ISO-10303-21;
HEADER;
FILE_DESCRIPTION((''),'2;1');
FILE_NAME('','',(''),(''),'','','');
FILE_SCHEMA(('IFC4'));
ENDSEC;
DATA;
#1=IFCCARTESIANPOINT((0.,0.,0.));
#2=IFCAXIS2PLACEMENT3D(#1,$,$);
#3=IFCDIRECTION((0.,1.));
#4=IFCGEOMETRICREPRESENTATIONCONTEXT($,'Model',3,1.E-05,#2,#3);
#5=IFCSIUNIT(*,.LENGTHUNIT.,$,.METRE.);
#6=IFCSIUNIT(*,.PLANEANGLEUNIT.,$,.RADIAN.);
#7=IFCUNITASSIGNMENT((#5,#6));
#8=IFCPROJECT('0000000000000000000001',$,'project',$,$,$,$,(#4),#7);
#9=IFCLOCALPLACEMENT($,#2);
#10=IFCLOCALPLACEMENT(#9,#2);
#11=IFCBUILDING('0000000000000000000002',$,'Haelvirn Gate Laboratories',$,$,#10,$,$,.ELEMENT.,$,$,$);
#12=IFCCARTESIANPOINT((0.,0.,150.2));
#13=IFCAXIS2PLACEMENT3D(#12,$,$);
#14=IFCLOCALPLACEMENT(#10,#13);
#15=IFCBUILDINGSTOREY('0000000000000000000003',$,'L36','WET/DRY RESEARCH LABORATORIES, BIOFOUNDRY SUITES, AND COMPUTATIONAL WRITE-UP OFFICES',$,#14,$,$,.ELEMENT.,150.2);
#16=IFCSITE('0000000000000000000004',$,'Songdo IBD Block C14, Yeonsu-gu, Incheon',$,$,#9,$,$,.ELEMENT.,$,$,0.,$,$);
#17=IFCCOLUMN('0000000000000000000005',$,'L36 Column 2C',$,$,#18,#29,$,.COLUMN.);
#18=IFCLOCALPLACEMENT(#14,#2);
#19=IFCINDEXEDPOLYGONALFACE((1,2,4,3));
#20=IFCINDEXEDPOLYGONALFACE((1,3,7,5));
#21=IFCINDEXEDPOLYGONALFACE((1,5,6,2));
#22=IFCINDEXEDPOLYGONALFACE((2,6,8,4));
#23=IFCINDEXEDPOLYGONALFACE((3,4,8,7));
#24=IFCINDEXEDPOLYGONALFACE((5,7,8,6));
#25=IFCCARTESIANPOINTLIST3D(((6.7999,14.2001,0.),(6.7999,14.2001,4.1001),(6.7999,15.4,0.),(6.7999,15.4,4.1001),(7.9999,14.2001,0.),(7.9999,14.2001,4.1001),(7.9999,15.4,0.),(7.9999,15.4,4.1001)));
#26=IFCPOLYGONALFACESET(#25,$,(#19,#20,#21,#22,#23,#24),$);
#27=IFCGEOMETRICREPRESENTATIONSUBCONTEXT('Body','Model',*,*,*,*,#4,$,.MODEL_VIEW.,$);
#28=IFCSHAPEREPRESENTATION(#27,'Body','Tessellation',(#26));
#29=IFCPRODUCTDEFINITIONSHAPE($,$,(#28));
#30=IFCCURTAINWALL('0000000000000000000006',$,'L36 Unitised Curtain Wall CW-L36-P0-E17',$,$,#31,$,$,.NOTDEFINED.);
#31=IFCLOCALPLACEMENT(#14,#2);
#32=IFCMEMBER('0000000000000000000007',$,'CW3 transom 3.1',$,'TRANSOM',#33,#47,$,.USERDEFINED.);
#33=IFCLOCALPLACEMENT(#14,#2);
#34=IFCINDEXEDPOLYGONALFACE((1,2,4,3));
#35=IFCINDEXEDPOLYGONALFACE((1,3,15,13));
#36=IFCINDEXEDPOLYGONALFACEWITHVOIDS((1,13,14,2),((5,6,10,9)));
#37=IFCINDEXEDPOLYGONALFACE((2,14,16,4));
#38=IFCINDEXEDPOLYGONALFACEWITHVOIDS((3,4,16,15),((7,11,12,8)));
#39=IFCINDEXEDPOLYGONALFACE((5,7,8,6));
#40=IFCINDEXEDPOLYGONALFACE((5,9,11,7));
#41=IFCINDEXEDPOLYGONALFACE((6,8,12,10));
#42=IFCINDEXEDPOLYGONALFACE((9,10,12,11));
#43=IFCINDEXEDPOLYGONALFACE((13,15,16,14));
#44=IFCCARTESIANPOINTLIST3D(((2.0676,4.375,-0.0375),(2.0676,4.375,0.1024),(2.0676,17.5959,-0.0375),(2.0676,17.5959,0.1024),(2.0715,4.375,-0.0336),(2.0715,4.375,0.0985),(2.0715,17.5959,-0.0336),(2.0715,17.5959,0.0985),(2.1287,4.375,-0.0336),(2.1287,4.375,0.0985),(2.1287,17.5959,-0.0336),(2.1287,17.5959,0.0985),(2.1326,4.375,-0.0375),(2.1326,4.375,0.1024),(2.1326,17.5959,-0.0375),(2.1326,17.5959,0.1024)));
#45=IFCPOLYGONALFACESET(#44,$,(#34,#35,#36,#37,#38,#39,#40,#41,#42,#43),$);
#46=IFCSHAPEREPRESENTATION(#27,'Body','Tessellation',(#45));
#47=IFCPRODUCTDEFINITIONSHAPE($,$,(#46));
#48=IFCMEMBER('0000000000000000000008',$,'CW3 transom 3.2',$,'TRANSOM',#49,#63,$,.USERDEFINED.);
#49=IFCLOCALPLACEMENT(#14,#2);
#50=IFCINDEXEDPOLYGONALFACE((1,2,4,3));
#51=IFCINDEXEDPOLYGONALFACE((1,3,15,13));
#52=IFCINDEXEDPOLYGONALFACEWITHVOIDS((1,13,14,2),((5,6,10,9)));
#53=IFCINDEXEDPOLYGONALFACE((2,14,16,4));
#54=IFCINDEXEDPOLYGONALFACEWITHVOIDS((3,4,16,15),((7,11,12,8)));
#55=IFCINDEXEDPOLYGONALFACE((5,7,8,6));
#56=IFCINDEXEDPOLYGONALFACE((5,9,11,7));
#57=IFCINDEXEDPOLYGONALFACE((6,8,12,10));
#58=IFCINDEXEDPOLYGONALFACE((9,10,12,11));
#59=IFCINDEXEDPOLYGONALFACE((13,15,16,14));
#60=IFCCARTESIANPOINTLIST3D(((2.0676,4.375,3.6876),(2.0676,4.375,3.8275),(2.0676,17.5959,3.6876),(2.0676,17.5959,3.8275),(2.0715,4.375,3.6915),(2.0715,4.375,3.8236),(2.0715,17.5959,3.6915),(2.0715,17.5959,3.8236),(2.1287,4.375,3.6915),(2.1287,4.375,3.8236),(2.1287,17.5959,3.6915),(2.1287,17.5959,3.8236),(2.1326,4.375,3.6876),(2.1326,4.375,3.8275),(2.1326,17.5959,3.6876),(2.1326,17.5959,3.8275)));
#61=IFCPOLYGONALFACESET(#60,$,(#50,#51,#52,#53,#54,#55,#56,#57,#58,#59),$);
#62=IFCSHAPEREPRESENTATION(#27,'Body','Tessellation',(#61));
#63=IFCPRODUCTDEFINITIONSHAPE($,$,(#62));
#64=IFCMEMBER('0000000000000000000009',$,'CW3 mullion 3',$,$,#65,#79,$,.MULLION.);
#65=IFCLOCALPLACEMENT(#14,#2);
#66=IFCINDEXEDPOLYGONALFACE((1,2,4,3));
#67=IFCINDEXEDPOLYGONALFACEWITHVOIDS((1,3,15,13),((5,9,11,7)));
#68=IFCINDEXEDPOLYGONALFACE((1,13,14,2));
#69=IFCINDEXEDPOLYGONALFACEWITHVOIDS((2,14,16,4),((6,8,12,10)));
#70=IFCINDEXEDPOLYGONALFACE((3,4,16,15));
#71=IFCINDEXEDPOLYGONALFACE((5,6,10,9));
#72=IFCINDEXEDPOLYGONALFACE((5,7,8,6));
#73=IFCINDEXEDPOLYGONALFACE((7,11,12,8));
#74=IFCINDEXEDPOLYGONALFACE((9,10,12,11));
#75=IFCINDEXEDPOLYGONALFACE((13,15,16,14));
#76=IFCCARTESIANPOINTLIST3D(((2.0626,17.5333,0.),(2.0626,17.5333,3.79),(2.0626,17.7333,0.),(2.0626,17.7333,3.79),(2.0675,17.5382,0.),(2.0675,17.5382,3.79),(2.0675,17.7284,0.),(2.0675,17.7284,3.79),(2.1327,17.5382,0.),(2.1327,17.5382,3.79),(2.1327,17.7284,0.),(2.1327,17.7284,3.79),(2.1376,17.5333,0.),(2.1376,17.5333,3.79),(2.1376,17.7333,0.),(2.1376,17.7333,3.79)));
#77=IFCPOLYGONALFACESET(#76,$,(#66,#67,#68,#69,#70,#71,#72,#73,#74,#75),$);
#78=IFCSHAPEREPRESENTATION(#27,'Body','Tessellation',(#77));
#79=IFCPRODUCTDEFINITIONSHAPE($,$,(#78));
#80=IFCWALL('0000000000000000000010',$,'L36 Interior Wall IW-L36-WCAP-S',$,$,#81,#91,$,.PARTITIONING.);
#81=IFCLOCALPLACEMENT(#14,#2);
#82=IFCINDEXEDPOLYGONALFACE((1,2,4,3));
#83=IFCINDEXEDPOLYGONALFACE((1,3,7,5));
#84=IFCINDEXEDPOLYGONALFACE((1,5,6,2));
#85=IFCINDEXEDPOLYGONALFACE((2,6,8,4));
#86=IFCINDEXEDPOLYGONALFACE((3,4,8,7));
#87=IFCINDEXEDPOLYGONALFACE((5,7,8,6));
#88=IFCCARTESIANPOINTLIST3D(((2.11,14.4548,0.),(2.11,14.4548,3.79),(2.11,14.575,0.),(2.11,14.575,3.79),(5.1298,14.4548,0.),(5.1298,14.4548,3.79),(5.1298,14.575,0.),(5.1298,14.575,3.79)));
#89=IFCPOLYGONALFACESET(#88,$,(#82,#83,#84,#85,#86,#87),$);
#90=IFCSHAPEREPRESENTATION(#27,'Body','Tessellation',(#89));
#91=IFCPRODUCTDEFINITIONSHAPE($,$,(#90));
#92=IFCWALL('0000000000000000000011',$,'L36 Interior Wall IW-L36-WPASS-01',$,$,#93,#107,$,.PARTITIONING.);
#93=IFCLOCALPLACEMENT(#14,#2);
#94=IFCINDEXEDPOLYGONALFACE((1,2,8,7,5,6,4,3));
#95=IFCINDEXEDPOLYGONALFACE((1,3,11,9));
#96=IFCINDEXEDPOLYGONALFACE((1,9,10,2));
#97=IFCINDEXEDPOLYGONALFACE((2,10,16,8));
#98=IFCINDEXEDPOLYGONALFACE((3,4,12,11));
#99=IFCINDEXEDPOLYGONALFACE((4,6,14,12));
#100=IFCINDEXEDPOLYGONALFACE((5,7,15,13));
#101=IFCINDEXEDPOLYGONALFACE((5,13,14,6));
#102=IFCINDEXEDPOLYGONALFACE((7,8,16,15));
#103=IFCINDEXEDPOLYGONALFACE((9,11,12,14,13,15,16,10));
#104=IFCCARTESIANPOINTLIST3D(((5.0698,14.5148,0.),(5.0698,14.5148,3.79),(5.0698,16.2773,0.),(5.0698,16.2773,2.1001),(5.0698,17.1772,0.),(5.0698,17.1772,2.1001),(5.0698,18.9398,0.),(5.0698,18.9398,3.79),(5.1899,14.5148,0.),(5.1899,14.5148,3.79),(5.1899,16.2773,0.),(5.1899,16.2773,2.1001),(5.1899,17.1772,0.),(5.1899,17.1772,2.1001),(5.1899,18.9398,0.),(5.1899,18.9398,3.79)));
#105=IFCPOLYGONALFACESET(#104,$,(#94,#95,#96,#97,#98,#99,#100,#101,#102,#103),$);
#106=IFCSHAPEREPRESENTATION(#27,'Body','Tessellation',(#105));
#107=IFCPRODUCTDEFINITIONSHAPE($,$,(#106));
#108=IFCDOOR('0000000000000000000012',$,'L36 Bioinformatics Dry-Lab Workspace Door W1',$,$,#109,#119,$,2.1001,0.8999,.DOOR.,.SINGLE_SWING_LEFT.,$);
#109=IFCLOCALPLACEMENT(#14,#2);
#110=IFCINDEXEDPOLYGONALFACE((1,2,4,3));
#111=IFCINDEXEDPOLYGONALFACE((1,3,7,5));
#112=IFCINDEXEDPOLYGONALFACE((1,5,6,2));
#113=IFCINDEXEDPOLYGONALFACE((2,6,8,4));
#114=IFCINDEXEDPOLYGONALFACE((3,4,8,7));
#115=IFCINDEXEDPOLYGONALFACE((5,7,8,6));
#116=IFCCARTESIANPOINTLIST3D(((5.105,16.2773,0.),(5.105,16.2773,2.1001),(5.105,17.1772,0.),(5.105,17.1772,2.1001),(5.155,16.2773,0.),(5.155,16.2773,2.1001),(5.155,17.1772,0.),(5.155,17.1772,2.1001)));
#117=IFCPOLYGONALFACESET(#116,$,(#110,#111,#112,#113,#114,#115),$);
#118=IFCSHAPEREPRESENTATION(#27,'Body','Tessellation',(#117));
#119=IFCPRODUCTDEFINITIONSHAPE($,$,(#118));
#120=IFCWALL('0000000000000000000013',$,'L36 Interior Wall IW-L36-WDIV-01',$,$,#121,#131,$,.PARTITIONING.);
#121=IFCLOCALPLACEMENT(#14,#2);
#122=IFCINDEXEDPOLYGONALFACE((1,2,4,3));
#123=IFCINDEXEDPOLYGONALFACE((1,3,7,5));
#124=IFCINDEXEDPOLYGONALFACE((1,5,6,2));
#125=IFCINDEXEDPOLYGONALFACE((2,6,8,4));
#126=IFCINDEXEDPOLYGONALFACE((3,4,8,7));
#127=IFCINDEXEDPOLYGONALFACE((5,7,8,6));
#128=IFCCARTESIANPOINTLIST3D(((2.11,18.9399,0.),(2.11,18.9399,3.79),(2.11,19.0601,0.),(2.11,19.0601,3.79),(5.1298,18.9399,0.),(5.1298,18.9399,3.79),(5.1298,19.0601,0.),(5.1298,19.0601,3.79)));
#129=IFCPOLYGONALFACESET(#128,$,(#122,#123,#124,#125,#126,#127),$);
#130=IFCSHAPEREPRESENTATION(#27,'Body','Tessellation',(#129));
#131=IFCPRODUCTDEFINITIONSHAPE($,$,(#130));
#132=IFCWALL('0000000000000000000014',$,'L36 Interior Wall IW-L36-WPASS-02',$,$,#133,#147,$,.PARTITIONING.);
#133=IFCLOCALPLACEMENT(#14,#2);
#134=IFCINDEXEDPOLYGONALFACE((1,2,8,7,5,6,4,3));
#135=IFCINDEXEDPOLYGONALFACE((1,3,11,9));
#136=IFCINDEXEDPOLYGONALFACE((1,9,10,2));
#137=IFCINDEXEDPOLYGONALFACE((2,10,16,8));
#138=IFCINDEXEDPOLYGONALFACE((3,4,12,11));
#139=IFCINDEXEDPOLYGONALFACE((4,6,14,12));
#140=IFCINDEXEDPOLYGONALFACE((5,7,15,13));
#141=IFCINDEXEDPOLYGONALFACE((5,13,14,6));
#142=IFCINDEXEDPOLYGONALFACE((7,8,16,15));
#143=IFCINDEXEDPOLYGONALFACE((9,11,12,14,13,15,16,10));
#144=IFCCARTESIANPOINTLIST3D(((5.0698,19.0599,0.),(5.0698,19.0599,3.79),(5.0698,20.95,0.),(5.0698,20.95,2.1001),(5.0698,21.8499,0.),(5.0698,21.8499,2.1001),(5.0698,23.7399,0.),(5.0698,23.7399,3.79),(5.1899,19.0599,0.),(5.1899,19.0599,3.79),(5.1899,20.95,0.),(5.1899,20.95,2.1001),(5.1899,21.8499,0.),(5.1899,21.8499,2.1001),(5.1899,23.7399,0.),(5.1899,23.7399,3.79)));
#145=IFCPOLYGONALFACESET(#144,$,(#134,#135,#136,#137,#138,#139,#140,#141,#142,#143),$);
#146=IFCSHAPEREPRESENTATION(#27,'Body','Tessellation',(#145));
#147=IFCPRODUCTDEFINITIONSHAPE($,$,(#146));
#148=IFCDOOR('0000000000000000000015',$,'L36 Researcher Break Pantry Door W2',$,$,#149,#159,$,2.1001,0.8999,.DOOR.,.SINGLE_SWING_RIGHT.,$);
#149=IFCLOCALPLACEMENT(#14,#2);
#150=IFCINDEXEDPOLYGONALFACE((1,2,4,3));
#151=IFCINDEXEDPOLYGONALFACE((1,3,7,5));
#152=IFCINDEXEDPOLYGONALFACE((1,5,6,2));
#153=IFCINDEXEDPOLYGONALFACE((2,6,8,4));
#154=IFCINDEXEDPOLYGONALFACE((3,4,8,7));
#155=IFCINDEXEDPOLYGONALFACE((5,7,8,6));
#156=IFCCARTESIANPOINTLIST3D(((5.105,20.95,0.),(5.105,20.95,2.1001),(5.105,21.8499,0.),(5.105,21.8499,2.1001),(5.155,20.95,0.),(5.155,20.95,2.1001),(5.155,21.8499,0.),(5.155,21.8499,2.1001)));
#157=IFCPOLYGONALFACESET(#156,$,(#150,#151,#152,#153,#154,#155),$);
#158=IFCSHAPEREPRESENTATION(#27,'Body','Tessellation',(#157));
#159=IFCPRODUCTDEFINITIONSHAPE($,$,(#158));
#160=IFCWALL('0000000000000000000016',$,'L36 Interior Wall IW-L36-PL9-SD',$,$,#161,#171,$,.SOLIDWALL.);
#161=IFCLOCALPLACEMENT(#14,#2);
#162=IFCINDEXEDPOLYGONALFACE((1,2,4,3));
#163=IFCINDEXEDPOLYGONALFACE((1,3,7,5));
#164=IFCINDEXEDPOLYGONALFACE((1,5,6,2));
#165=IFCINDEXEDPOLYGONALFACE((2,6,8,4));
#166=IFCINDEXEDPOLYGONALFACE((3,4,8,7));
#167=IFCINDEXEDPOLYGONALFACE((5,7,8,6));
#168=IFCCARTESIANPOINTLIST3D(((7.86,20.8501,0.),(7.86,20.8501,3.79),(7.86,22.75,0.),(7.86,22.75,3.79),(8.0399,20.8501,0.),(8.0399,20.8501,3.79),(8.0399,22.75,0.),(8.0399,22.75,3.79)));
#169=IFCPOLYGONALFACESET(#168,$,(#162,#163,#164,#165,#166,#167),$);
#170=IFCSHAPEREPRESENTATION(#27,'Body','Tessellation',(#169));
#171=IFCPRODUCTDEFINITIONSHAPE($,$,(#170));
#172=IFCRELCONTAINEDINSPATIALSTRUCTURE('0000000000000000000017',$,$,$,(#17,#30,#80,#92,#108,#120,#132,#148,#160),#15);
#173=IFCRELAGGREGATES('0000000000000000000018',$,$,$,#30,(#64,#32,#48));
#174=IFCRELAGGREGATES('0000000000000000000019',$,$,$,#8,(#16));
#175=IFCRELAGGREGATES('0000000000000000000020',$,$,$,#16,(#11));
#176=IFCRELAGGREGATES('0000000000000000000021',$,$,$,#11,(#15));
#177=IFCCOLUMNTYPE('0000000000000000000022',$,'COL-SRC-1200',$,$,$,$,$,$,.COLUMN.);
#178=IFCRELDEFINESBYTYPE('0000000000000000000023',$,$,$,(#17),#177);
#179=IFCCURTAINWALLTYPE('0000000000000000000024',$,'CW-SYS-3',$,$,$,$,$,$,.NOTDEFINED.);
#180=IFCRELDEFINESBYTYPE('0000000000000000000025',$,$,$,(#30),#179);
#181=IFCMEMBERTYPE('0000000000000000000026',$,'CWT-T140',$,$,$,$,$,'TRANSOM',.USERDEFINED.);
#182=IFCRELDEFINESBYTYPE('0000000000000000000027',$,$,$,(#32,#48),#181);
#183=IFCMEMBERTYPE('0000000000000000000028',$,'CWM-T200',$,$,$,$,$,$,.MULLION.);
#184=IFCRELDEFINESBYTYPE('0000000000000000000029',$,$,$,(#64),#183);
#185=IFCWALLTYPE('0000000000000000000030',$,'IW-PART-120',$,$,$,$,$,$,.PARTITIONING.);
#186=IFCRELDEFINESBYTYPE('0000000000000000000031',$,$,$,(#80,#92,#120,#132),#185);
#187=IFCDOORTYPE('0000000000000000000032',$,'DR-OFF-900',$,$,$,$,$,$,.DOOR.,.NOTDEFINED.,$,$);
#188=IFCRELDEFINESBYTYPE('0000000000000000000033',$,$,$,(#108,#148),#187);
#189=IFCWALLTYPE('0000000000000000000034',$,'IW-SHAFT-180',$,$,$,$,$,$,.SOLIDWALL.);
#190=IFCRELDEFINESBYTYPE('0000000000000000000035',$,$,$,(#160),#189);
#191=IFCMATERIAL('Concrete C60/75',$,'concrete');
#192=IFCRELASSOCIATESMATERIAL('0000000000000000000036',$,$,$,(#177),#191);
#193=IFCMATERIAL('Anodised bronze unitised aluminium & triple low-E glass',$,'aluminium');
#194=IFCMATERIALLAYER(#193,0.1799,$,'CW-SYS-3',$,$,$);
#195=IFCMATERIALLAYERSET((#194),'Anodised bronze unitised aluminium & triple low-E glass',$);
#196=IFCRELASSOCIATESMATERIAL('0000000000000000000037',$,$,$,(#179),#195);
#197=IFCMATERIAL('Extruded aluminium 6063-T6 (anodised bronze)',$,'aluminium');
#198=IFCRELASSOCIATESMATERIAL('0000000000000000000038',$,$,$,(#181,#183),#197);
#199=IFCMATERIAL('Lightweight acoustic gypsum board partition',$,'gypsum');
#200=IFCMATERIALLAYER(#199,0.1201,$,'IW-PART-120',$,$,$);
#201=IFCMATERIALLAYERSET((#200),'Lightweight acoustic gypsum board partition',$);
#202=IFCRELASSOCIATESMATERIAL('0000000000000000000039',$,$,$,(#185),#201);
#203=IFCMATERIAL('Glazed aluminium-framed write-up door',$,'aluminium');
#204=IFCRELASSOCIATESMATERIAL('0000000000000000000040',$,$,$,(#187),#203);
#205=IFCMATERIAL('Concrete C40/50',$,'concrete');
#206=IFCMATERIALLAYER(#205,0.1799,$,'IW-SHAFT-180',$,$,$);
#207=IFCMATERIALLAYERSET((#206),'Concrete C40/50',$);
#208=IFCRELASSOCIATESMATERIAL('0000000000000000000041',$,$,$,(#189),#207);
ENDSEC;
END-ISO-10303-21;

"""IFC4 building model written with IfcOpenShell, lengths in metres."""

from ifc_helpers import new_model, si_unit, direction, frame, frame_2d, origin, origin_2d, place, context, subcontext, project, spatial, rectangle, hollow_rectangle, extrude, source, transform, mapped, material, layer, layer_set, material_profile, profile_set, type_object, type_shapes, element, fill, aggregate, save


model = new_model("IFC4")

# Units and contexts
model_context = context("Model", 3, precision=1e-05, world=origin(), true_north=direction((0.0, 1.0)))
body_context = subcontext(model_context, "Body", "Model", "MODEL_VIEW")
ifc_project = project(units=[si_unit("LENGTHUNIT", "METRE"), si_unit("PLANEANGLEUNIT", "RADIAN")], contexts=[model_context])

# Site, building, storey
site_placement = place(None, origin())
site = spatial("IfcSite", under=ifc_project, at=site_placement, Name="Songdo IBD Block C14, Yeonsu-gu, Incheon", CompositionType="ELEMENT", RefElevation=0.0)
building_placement = place(site_placement, origin())
building = spatial("IfcBuilding", under=site, at=building_placement, Name="Haelvirn Gate Laboratories", CompositionType="ELEMENT")
storey_placement = place(building_placement, frame((0.0, 0.0, 150.2)))
storey = spatial("IfcBuildingStorey", under=building, at=storey_placement, Name="L36", Description="WET/DRY RESEARCH LABORATORIES, BIOFOUNDRY SUITES, AND COMPUTATIONAL WRITE-UP OFFICES", CompositionType="ELEMENT", Elevation=150.2)

# Column
ifc_material_1 = material(Name="Concrete C60/75", Category="concrete")
ifc_material_profile_1 = material_profile(ifc_material_1, rectangle(XDim=1.2, YDim=1.2, at=origin_2d()), Name="SRC-1200x1200")
ifc_profile_set_1 = profile_set([ifc_material_profile_1], Name="Concrete C60/75")
column_type = type_object("IfcColumnType", Name="COL-SRC-1200", PredefinedType="COLUMN", material=ifc_profile_set_1)
shared_shape_1 = source(origin(), body_context, "Body", "SweptSolid", [
    extrude(rectangle(XDim=1.2, YDim=1.2, at=origin_2d()), origin(), (0.0, 0.0, 1.0), 4.1001),
])
type_shapes(column_type, [shared_shape_1])
column_placement = place(storey_placement, frame((7.3999, 14.8, 0.0), z_axis=(0.0, 0.0, 1.0), x_axis=(1.0, 0.0, 0.0)))
element("IfcColumn", 1, at=column_placement, inside=storey, type_object=column_type, Name="L36 Column 2C", PredefinedType="COLUMN", context=body_context, shape_type="MappedRepresentation", body=[
    mapped(shared_shape_1, transform((0.0, 0.0, 0.0), scale=1.0)),
])

# Curtain wall, members
ifc_material_2 = material(Name="Anodised bronze unitised aluminium & triple low-E glass", Category="aluminium")
ifc_layer_1 = layer(ifc_material_2, 0.1799, Name="CW-SYS-3")
ifc_layer_set_1 = layer_set([ifc_layer_1], Name="Anodised bronze unitised aluminium & triple low-E glass")
curtain_wall_type = type_object("IfcCurtainWallType", Name="CW-SYS-3", PredefinedType="NOTDEFINED", material=ifc_layer_set_1)
curtain_wall_placement = place(storey_placement, origin())
curtain_wall = element("IfcCurtainWall", 2, at=curtain_wall_placement, inside=storey, type_object=curtain_wall_type, Name="L36 Unitised Curtain Wall CW-L36-P0-E17", PredefinedType="NOTDEFINED")
ifc_material_3 = material(Name="Extruded aluminium 6063-T6 (anodised bronze)", Category="aluminium")
ifc_material_profile_2 = material_profile(ifc_material_3, hollow_rectangle(XDim=0.0649, YDim=0.1399, WallThickness=0.0039, at=origin_2d()), Name="CWT-140x65x4")
ifc_profile_set_2 = profile_set([ifc_material_profile_2], Name="Extruded aluminium 6063-T6 (anodised bronze)")
member_type_1 = type_object("IfcMemberType", Name="CWT-T140", ElementType="TRANSOM", PredefinedType="USERDEFINED", material=ifc_profile_set_2)
shared_shape_2 = source(origin(), body_context, "Body", "SweptSolid", [
    extrude(hollow_rectangle(XDim=0.0649, YDim=0.1399, WallThickness=0.0039, at=origin_2d()), origin(), (0.0, 0.0, 1.0), 13.2209),
])
type_shapes(member_type_1, [shared_shape_2])
member_1_placement = place(storey_placement, frame((2.1001, 17.5959, 0.0325), z_axis=(0.0, -1.0, 0.0), x_axis=(1.0, 0.0, 0.0)))
member_1 = element("IfcMember", 3, at=member_1_placement, type_object=member_type_1, Name="CW3 transom 3.1", ObjectType="TRANSOM", PredefinedType="USERDEFINED", context=body_context, shape_type="MappedRepresentation", body=[
    mapped(shared_shape_2, transform((0.0, 0.0, 0.0), scale=1.0)),
])
member_2_placement = place(storey_placement, frame((2.1001, 17.5959, 3.7576), z_axis=(0.0, -1.0, 0.0), x_axis=(1.0, 0.0, 0.0)))
member_2 = element("IfcMember", 4, at=member_2_placement, type_object=member_type_1, Name="CW3 transom 3.2", ObjectType="TRANSOM", PredefinedType="USERDEFINED", context=body_context, shape_type="MappedRepresentation", body=[
    mapped(shared_shape_2, transform((0.0, 0.0, 0.0), scale=1.0)),
])
ifc_material_profile_3 = material_profile(ifc_material_3, hollow_rectangle(XDim=0.075, YDim=0.2, WallThickness=0.0049, at=origin_2d()), Name="CWM-200x75x5")
ifc_profile_set_3 = profile_set([ifc_material_profile_3], Name="Extruded aluminium 6063-T6 (anodised bronze)")
member_type_2 = type_object("IfcMemberType", Name="CWM-T200", PredefinedType="MULLION", material=ifc_profile_set_3)
shared_shape_3 = source(origin(), body_context, "Body", "SweptSolid", [
    extrude(hollow_rectangle(XDim=0.075, YDim=0.2, WallThickness=0.0049, at=origin_2d()), origin(), (0.0, 0.0, 1.0), 3.79),
])
type_shapes(member_type_2, [shared_shape_3])
member_3_placement = place(storey_placement, frame((2.1001, 17.6333, 0.0), z_axis=(0.0, 0.0, 1.0), x_axis=(1.0, 0.0, 0.0)))
member_3 = element("IfcMember", 5, at=member_3_placement, type_object=member_type_2, Name="CW3 mullion 3", PredefinedType="MULLION", context=body_context, shape_type="MappedRepresentation", body=[
    mapped(shared_shape_3, transform((0.0, 0.0, 0.0), scale=1.0)),
])
aggregate(curtain_wall, [member_3, member_1, member_2])

# Wall
ifc_material_4 = material(Name="Lightweight acoustic gypsum board partition", Category="gypsum")
ifc_layer_2 = layer(ifc_material_4, 0.1201, Name="IW-PART-120")
ifc_layer_set_2 = layer_set([ifc_layer_2], Name="Lightweight acoustic gypsum board partition")
wall_type_1 = type_object("IfcWallType", Name="IW-PART-120", PredefinedType="PARTITIONING", material=ifc_layer_set_2)
wall_1_placement = place(storey_placement, frame((2.1101, 14.5149, 0.0), z_axis=(0.0, 0.0, 1.0), x_axis=(1.0, 0.0, 0.0)))
element("IfcWall", 6, at=wall_1_placement, inside=storey, type_object=wall_type_1, Name="L36 Interior Wall IW-L36-WCAP-S", PredefinedType="PARTITIONING", context=body_context, shape_type="SweptSolid", body=[
    extrude(rectangle(XDim=3.0198, YDim=0.1201, at=frame_2d((1.5098, 0.0))), origin(), (0.0, 0.0, 1.0), 3.79),
])

# Wall, opening, door
wall_2_placement = place(storey_placement, frame((5.1299, 14.5149, 0.0), z_axis=(0.0, 0.0, 1.0), x_axis=(0.0, 1.0, 0.0)))
wall_2 = element("IfcWall", 7, at=wall_2_placement, inside=storey, type_object=wall_type_1, Name="L36 Interior Wall IW-L36-WPASS-01", PredefinedType="PARTITIONING", context=body_context, shape_type="SweptSolid", body=[
    extrude(rectangle(XDim=4.425, YDim=0.1201, at=frame_2d((2.2124, 0.0))), origin(), (0.0, 0.0, 1.0), 3.79),
])
opening_1_placement = place(wall_2_placement, frame((1.7625, 0.0, 0.0)))
opening_1 = element("IfcOpeningElement", 8, at=opening_1_placement, cuts=wall_2, PredefinedType="OPENING", context=body_context, shape_type="SweptSolid", body=[
    extrude(rectangle(XDim=0.8999, YDim=2.1001, at=frame_2d((0.45, 1.05))), frame((0.0, 0.0701, 0.0), z_axis=(0.0, -1.0, 0.0), x_axis=(1.0, 0.0, 0.0)), (0.0, 0.0, 1.0), 0.1401),
])
ifc_material_5 = material(Name="Glazed aluminium-framed write-up door", Category="aluminium")
door_type_1 = type_object("IfcDoorType", Name="DR-OFF-900", OperationType="NOTDEFINED", PredefinedType="DOOR", material=ifc_material_5)
shared_shape_4 = source(origin(), body_context, "Body", "SweptSolid", [
    extrude(rectangle(XDim=0.8999, YDim=2.1001, at=frame_2d((0.45, 1.05))), frame((0.0, 0.0249, 0.0), z_axis=(0.0, -1.0, 0.0), x_axis=(1.0, 0.0, 0.0)), (0.0, 0.0, 1.0), 0.05),
])
type_shapes(door_type_1, [shared_shape_4])
door_1_placement = place(opening_1_placement, origin())
door_1 = element("IfcDoor", 9, at=door_1_placement, inside=storey, type_object=door_type_1, Name="L36 Bioinformatics Dry-Lab Workspace Door W1", OperationType="SINGLE_SWING_LEFT", OverallHeight=2.1001, OverallWidth=0.8999, PredefinedType="DOOR", context=body_context, shape_type="MappedRepresentation", body=[
    mapped(shared_shape_4, transform((0.0, 0.0, 0.0), scale=1.0)),
])
fill(opening_1, door_1)

# Wall
wall_3_placement = place(storey_placement, frame((2.1101, 19.0, 0.0), z_axis=(0.0, 0.0, 1.0), x_axis=(1.0, 0.0, 0.0)))
element("IfcWall", 10, at=wall_3_placement, inside=storey, type_object=wall_type_1, Name="L36 Interior Wall IW-L36-WDIV-01", PredefinedType="PARTITIONING", context=body_context, shape_type="SweptSolid", body=[
    extrude(rectangle(XDim=3.0198, YDim=0.1201, at=frame_2d((1.5098, 0.0))), origin(), (0.0, 0.0, 1.0), 3.79),
])

# Wall, opening, door
wall_4_placement = place(storey_placement, frame((5.1299, 19.0601, 0.0), z_axis=(0.0, 0.0, 1.0), x_axis=(0.0, 1.0, 0.0)))
wall_4 = element("IfcWall", 11, at=wall_4_placement, inside=storey, type_object=wall_type_1, Name="L36 Interior Wall IW-L36-WPASS-02", PredefinedType="PARTITIONING", context=body_context, shape_type="SweptSolid", body=[
    extrude(rectangle(XDim=4.6799, YDim=0.1201, at=frame_2d((2.3398, 0.0))), origin(), (0.0, 0.0, 1.0), 3.79),
])
opening_2_placement = place(wall_4_placement, frame((1.8899, 0.0, 0.0)))
opening_2 = element("IfcOpeningElement", 12, at=opening_2_placement, cuts=wall_4, PredefinedType="OPENING", context=body_context, shape_type="SweptSolid", body=[
    extrude(rectangle(XDim=0.8999, YDim=2.1001, at=frame_2d((0.45, 1.05))), frame((0.0, 0.0701, 0.0), z_axis=(0.0, -1.0, 0.0), x_axis=(1.0, 0.0, 0.0)), (0.0, 0.0, 1.0), 0.1401),
])
door_2_placement = place(opening_2_placement, origin())
door_2 = element("IfcDoor", 13, at=door_2_placement, inside=storey, type_object=door_type_1, Name="L36 Researcher Break Pantry Door W2", OperationType="SINGLE_SWING_RIGHT", OverallHeight=2.1001, OverallWidth=0.8999, PredefinedType="DOOR", context=body_context, shape_type="MappedRepresentation", body=[
    mapped(shared_shape_4, transform((0.0, 0.0, 0.0), scale=1.0)),
])
fill(opening_2, door_2)

# Wall
ifc_material_6 = material(Name="Concrete C40/50", Category="concrete")
ifc_layer_3 = layer(ifc_material_6, 0.1799, Name="IW-SHAFT-180")
ifc_layer_set_3 = layer_set([ifc_layer_3], Name="Concrete C40/50")
wall_type_2 = type_object("IfcWallType", Name="IW-SHAFT-180", PredefinedType="SOLIDWALL", material=ifc_layer_set_3)
for number, where, z_axis, x_axis, name in (
    (14, (7.95, 20.8501, 0.0), (0.0, 0.0, 1.0), (0.0, 1.0, 0.0), "L36 Interior Wall IW-L36-PL9-SD"),
):
    element("IfcWall", number, at=place(storey_placement, frame(where, z_axis=z_axis, x_axis=x_axis)), inside=storey, type_object=wall_type_2, Name=name, PredefinedType="SOLIDWALL", context=body_context, shape_type="SweptSolid", body=[
        extrude(rectangle(XDim=1.8999, YDim=0.1799, at=frame_2d((0.95, 0.0))), origin(), (0.0, 0.0, 1.0), 3.79),
    ])

save(model, "model.ifc")
